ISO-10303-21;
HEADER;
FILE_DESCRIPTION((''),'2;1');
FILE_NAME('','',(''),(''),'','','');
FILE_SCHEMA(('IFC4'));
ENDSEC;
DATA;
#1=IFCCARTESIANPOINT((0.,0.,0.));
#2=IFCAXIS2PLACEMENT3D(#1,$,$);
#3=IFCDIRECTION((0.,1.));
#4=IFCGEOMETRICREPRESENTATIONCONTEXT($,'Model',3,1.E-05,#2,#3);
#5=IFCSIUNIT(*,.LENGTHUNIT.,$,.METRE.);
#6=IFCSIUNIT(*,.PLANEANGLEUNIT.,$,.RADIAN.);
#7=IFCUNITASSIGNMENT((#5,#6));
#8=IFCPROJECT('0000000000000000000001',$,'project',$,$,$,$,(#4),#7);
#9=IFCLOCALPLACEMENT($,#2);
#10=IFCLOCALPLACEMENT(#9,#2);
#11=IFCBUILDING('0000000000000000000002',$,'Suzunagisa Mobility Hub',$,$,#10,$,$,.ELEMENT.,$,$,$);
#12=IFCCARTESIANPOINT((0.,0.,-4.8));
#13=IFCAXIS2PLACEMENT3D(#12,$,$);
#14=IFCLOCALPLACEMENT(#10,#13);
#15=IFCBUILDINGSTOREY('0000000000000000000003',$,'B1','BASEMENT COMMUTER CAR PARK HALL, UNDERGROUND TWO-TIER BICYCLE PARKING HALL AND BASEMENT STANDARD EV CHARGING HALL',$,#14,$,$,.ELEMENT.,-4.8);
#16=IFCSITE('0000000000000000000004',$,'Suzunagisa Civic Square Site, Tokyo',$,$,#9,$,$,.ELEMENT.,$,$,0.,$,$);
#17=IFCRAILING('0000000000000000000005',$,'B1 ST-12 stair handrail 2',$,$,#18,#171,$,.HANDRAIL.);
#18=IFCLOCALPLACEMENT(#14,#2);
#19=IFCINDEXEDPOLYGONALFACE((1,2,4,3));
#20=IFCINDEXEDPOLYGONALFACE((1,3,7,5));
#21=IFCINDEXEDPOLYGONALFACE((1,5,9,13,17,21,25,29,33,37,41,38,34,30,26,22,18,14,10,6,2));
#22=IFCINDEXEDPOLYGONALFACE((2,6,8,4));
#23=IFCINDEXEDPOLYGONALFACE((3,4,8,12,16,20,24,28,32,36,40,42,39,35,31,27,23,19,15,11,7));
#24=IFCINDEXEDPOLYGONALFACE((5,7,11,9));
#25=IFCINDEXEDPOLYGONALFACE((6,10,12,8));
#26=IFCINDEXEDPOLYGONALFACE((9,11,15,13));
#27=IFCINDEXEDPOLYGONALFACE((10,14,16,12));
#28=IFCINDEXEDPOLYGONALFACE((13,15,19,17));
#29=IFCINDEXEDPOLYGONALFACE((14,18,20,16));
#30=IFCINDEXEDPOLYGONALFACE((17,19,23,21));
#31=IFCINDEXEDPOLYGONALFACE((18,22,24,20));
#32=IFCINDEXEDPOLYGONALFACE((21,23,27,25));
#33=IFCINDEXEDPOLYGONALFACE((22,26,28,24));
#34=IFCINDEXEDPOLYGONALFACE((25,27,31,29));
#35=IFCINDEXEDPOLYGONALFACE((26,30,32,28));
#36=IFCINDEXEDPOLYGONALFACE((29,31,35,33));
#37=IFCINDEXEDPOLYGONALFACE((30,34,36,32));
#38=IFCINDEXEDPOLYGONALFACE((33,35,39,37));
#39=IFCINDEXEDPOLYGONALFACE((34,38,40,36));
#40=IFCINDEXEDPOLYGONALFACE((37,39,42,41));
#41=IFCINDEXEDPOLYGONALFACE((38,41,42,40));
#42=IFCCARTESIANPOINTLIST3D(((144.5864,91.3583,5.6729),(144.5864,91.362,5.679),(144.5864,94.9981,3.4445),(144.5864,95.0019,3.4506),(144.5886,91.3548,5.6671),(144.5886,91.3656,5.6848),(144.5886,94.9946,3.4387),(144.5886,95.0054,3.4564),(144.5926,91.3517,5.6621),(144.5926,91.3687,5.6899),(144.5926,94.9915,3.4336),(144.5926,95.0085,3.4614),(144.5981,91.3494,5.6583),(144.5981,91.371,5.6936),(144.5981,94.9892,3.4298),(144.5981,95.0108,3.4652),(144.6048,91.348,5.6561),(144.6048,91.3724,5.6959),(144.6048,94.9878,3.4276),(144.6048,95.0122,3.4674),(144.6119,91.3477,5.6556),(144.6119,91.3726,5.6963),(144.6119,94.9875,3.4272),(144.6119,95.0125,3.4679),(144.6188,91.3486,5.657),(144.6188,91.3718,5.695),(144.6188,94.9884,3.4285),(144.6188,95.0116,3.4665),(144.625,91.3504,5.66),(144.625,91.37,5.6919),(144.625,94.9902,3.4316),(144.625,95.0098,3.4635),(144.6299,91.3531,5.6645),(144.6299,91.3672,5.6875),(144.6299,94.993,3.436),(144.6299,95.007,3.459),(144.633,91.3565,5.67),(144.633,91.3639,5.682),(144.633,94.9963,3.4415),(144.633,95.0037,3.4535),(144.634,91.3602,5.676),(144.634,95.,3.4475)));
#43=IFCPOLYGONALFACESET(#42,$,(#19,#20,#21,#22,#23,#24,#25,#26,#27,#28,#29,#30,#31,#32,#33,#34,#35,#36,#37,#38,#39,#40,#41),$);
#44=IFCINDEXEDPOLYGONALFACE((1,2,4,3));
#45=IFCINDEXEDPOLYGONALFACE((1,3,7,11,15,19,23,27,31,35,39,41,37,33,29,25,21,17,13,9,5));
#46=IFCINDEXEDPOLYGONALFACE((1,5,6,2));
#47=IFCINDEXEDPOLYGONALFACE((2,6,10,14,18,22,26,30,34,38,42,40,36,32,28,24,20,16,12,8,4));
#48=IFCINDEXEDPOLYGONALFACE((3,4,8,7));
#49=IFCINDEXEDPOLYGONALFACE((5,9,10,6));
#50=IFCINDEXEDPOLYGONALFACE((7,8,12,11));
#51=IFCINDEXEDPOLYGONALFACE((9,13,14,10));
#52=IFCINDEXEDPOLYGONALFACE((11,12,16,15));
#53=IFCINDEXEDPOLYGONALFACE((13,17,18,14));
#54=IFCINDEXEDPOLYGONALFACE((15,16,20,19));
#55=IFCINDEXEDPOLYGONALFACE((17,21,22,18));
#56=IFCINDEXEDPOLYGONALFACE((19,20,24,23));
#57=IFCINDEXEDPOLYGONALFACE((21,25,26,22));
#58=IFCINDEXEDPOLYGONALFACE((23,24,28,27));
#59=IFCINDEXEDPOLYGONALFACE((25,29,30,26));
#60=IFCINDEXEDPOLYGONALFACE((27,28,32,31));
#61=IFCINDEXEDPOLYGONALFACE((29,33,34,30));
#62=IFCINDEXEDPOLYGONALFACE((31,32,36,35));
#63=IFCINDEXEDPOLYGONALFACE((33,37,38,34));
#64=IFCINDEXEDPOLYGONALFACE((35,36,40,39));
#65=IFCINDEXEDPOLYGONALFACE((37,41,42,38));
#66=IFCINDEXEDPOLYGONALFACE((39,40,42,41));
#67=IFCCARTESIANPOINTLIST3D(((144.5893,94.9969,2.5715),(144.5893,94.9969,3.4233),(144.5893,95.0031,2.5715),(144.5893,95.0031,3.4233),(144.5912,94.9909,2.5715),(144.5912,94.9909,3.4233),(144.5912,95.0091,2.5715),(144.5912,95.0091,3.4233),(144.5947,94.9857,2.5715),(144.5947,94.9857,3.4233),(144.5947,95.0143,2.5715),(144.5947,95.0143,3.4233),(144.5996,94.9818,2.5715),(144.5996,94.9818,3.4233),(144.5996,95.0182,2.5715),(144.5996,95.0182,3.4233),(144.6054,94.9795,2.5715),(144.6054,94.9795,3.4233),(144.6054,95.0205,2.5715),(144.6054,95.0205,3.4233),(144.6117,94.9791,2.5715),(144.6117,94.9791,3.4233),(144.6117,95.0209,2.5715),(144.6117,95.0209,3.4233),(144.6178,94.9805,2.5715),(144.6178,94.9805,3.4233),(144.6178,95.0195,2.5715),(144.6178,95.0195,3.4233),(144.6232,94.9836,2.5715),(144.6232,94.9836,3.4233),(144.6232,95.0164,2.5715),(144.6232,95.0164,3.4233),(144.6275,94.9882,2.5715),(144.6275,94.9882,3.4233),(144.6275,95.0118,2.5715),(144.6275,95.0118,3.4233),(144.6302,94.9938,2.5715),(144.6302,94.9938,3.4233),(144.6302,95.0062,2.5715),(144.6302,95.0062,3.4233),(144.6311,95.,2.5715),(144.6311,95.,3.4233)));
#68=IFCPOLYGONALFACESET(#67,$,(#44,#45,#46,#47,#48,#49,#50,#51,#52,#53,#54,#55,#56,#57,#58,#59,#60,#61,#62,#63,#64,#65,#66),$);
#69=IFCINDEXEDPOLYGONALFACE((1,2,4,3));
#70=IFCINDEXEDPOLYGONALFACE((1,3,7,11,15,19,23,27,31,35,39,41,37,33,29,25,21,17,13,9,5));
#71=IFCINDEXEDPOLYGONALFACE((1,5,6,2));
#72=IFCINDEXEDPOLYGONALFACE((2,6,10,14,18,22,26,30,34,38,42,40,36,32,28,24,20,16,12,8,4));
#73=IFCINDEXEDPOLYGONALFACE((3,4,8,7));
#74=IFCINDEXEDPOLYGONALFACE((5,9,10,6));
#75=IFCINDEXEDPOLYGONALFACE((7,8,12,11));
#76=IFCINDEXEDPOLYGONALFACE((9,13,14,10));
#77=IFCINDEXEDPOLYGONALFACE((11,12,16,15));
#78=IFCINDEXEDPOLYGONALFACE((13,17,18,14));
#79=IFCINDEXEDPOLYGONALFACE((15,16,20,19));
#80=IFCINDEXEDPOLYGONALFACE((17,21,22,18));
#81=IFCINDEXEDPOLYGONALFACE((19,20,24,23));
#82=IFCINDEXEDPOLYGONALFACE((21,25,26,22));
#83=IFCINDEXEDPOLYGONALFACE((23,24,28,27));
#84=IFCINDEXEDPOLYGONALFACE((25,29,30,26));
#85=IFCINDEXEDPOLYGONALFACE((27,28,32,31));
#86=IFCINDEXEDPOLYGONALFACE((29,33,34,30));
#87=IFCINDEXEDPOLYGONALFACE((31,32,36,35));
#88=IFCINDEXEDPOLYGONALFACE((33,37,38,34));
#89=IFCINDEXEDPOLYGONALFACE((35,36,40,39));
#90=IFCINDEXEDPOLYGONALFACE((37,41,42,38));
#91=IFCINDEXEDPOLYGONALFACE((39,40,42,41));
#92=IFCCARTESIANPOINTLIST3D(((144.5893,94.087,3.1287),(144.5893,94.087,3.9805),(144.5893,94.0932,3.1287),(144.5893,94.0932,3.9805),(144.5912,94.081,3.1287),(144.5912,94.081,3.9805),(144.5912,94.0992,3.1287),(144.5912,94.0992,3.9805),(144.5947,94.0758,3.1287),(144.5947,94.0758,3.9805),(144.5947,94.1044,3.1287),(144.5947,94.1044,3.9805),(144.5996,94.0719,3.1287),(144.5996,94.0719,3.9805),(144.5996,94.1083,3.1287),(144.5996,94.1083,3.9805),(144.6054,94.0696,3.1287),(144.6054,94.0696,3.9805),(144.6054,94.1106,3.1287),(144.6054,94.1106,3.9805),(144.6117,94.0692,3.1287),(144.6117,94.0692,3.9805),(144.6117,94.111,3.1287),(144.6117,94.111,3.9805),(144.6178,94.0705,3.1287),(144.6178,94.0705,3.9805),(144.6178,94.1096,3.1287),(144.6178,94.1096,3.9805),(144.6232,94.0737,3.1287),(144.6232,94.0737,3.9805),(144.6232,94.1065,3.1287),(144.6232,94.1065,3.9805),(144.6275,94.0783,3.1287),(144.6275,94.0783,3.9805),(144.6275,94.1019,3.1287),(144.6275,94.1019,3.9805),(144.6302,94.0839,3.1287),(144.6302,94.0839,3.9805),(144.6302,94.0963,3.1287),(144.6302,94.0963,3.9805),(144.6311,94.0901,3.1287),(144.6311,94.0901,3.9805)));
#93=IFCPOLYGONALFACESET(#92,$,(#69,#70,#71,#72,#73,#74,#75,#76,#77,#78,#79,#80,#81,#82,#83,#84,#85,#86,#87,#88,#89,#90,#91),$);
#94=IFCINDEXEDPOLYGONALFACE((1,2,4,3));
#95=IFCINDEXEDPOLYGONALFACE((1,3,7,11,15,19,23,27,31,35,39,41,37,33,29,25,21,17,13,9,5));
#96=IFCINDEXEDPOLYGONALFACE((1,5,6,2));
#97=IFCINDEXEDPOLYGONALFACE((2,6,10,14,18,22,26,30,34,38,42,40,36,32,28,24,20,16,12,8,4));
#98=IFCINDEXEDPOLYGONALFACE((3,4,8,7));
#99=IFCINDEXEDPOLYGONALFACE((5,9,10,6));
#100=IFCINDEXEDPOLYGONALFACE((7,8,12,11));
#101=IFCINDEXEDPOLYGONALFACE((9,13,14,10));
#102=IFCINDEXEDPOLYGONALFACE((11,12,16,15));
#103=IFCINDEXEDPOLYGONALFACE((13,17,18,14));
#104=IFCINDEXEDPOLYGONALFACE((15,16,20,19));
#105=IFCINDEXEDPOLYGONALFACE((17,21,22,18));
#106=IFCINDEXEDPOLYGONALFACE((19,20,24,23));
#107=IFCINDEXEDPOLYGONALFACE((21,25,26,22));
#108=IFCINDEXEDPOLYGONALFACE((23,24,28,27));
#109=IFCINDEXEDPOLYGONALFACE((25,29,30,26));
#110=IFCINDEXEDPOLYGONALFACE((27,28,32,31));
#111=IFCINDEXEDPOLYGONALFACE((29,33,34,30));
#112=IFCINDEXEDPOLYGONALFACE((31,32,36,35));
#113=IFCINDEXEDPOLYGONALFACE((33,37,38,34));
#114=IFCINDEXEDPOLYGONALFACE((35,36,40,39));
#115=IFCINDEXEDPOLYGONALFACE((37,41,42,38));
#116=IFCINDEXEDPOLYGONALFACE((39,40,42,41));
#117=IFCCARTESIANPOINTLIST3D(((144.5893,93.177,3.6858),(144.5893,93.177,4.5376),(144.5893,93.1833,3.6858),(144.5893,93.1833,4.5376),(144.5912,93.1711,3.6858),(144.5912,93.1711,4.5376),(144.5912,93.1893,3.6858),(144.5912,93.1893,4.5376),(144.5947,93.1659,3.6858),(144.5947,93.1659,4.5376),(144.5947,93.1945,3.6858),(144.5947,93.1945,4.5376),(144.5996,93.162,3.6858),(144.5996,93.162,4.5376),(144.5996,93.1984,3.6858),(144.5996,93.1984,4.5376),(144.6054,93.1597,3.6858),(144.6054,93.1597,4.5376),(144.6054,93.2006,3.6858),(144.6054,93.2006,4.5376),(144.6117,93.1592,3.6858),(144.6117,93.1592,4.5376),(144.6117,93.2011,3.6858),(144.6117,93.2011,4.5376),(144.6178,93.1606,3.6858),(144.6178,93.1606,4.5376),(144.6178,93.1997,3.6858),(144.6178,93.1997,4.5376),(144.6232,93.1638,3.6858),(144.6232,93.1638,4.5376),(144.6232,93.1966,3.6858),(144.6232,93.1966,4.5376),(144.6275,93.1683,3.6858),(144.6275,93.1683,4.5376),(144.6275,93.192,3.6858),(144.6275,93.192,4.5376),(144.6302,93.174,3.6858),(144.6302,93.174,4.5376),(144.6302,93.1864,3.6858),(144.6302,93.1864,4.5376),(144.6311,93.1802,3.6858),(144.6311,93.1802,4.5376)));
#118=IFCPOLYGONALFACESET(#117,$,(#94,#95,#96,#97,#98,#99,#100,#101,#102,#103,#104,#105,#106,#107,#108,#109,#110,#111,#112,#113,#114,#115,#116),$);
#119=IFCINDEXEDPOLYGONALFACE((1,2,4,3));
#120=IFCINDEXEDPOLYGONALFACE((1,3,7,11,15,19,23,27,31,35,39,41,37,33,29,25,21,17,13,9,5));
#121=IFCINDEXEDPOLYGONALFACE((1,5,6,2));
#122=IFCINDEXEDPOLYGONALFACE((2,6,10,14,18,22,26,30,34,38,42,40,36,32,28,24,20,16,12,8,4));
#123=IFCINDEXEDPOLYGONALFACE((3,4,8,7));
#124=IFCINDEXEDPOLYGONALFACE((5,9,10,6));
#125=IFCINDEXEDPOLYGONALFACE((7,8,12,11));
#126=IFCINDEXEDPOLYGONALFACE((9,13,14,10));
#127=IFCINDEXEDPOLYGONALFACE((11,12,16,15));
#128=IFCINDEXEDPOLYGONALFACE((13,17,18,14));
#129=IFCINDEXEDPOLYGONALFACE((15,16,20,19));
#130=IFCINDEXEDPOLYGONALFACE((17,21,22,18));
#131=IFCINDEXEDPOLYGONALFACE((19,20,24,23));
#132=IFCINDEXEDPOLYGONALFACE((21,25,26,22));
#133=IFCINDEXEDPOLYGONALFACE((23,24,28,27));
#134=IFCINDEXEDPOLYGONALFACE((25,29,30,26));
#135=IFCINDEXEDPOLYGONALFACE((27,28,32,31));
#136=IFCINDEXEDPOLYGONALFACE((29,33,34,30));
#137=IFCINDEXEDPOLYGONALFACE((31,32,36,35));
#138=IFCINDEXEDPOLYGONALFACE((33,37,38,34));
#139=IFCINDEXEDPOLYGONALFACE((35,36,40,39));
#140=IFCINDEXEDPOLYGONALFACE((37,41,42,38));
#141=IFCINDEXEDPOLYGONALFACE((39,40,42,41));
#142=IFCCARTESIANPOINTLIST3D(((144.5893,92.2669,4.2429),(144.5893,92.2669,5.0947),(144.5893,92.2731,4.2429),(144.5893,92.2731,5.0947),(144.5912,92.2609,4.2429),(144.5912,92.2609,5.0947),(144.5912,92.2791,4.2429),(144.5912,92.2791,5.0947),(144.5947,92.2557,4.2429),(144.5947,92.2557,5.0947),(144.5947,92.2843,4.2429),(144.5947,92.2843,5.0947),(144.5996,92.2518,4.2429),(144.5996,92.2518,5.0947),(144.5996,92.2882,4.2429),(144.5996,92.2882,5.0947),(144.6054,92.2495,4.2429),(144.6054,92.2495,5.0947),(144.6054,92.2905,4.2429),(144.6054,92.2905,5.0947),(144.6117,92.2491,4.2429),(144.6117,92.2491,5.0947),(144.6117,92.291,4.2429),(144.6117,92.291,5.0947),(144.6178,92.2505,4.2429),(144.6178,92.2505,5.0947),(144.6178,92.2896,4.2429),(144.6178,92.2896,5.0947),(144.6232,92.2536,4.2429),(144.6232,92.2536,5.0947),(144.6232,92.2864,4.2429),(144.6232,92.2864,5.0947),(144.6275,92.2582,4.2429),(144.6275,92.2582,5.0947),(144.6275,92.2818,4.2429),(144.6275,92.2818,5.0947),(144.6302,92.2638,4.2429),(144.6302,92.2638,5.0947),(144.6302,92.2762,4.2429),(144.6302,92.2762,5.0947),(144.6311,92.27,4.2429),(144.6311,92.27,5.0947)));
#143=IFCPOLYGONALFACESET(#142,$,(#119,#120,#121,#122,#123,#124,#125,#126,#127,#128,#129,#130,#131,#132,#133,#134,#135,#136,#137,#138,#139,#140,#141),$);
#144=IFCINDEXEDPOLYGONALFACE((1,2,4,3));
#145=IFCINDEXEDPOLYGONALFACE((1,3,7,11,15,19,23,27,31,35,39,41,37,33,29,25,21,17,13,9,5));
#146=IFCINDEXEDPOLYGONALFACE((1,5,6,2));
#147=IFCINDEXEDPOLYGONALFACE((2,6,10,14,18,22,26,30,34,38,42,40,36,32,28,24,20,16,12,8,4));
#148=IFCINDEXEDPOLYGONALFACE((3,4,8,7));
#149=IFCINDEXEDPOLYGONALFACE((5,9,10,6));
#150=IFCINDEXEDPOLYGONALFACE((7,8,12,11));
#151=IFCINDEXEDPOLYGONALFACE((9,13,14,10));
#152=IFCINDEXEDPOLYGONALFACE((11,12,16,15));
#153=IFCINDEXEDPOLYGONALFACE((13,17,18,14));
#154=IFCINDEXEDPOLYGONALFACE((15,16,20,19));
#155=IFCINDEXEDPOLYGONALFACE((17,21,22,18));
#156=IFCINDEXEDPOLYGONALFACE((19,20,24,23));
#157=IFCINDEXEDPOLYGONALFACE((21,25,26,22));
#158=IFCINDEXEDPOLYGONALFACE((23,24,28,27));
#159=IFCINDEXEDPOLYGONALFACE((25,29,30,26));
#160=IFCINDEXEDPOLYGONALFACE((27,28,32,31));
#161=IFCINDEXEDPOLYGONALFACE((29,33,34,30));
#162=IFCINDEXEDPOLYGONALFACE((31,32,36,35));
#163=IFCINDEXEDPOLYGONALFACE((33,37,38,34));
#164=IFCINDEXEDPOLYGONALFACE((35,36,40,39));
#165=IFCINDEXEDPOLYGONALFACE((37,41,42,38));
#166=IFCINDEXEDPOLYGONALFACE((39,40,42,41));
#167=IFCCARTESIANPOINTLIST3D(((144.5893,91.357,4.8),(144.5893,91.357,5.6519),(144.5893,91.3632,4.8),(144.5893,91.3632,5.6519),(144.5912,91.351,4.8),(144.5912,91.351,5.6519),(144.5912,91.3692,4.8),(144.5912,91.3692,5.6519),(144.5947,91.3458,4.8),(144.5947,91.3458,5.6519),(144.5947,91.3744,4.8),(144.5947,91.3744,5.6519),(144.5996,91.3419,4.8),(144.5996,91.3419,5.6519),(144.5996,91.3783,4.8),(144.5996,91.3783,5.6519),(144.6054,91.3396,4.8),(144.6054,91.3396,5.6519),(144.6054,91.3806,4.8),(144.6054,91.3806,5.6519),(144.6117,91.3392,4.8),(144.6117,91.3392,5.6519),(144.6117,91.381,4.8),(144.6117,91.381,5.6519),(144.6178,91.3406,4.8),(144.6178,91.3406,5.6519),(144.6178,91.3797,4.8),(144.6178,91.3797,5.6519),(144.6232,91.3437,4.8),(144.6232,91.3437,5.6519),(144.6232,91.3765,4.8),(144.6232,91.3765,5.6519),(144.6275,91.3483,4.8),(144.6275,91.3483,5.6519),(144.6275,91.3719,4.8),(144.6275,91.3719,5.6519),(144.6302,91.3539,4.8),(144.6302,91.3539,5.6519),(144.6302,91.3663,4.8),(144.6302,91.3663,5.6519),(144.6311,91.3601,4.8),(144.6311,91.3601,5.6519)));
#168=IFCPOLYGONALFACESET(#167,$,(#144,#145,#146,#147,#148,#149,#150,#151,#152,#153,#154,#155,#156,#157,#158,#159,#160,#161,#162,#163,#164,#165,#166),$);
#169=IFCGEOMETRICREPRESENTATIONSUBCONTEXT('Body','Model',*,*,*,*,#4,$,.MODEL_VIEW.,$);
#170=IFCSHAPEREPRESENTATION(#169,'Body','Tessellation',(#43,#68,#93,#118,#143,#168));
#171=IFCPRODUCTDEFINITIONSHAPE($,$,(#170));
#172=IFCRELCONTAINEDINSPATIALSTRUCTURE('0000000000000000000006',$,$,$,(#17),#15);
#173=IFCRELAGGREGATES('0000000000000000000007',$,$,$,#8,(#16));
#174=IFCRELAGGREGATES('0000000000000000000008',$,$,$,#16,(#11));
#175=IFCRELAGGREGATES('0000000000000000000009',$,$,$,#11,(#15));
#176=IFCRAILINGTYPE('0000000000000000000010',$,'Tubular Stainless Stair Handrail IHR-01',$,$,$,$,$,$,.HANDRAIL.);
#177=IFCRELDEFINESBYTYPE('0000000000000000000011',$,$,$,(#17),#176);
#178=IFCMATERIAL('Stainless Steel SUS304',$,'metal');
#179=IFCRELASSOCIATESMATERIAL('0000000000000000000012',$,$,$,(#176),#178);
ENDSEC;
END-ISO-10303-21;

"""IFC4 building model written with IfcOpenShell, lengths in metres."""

from ifc_helpers import new_model, si_unit, direction, frame, origin, origin_2d, place, context, subcontext, project, spatial, circle, extrude, material, type_object, element, save


model = new_model("IFC4")

# Units and contexts
model_context = context("Model", 3, precision=1e-05, world=origin(), true_north=direction((0.0, 1.0)))
body_context = subcontext(model_context, "Body", "Model", "MODEL_VIEW")
ifc_project = project(units=[si_unit("LENGTHUNIT", "METRE"), si_unit("PLANEANGLEUNIT", "RADIAN")], contexts=[model_context])

# Site, building, storey
site_placement = place(None, origin())
site = spatial("IfcSite", under=ifc_project, at=site_placement, Name="Suzunagisa Civic Square Site, Tokyo", CompositionType="ELEMENT", RefElevation=0.0)
building_placement = place(site_placement, origin())
building = spatial("IfcBuilding", under=site, at=building_placement, Name="Suzunagisa Mobility Hub", CompositionType="ELEMENT")
storey_placement = place(building_placement, frame((0.0, 0.0, -4.8)))
storey = spatial("IfcBuildingStorey", under=building, at=storey_placement, Name="B1", Description="BASEMENT COMMUTER CAR PARK HALL, UNDERGROUND TWO-TIER BICYCLE PARKING HALL AND BASEMENT STANDARD EV CHARGING HALL", CompositionType="ELEMENT", Elevation=-4.8)

# Railing
ifc_material_1 = material(Name="Stainless Steel SUS304", Category="metal")
railing_type_1 = type_object("IfcRailingType", Name="Tubular Stainless Stair Handrail IHR-01", PredefinedType="HANDRAIL", material=ifc_material_1)
railing_1_placement = place(storey_placement, frame((144.6101, 95.0, 2.5715)))
element("IfcRailing", 1, at=railing_1_placement, inside=storey, type_object=railing_type_1, Name="B1 ST-12 stair handrail 2", PredefinedType="HANDRAIL", context=body_context, shape_type="SweptSolid", body=[
    extrude(circle(Radius=0.0239, at=origin_2d()), frame((0.0, 0.0, 0.876), z_axis=(0.0, -0.85285, 0.522156), x_axis=(1.0, 0.0, 0.0)), (0.0, 0.0, 1.0), 4.2678),
    extrude(circle(Radius=0.021, at=origin_2d()), origin(), (0.0, 0.0, 1.0), 0.8518),
    extrude(circle(Radius=0.021, at=origin_2d()), frame((0.0, -0.9099, 0.5571)), (0.0, 0.0, 1.0), 0.8518),
    extrude(circle(Radius=0.021, at=origin_2d()), frame((0.0, -1.8198, 1.1143)), (0.0, 0.0, 1.0), 0.8518),
    extrude(circle(Radius=0.021, at=origin_2d()), frame((0.0, -2.73, 1.6714)), (0.0, 0.0, 1.0), 0.8518),
    extrude(circle(Radius=0.021, at=origin_2d()), frame((0.0, -3.6399, 2.2285)), (0.0, 0.0, 1.0), 0.8518),
])

save(model, "model.ifc")
